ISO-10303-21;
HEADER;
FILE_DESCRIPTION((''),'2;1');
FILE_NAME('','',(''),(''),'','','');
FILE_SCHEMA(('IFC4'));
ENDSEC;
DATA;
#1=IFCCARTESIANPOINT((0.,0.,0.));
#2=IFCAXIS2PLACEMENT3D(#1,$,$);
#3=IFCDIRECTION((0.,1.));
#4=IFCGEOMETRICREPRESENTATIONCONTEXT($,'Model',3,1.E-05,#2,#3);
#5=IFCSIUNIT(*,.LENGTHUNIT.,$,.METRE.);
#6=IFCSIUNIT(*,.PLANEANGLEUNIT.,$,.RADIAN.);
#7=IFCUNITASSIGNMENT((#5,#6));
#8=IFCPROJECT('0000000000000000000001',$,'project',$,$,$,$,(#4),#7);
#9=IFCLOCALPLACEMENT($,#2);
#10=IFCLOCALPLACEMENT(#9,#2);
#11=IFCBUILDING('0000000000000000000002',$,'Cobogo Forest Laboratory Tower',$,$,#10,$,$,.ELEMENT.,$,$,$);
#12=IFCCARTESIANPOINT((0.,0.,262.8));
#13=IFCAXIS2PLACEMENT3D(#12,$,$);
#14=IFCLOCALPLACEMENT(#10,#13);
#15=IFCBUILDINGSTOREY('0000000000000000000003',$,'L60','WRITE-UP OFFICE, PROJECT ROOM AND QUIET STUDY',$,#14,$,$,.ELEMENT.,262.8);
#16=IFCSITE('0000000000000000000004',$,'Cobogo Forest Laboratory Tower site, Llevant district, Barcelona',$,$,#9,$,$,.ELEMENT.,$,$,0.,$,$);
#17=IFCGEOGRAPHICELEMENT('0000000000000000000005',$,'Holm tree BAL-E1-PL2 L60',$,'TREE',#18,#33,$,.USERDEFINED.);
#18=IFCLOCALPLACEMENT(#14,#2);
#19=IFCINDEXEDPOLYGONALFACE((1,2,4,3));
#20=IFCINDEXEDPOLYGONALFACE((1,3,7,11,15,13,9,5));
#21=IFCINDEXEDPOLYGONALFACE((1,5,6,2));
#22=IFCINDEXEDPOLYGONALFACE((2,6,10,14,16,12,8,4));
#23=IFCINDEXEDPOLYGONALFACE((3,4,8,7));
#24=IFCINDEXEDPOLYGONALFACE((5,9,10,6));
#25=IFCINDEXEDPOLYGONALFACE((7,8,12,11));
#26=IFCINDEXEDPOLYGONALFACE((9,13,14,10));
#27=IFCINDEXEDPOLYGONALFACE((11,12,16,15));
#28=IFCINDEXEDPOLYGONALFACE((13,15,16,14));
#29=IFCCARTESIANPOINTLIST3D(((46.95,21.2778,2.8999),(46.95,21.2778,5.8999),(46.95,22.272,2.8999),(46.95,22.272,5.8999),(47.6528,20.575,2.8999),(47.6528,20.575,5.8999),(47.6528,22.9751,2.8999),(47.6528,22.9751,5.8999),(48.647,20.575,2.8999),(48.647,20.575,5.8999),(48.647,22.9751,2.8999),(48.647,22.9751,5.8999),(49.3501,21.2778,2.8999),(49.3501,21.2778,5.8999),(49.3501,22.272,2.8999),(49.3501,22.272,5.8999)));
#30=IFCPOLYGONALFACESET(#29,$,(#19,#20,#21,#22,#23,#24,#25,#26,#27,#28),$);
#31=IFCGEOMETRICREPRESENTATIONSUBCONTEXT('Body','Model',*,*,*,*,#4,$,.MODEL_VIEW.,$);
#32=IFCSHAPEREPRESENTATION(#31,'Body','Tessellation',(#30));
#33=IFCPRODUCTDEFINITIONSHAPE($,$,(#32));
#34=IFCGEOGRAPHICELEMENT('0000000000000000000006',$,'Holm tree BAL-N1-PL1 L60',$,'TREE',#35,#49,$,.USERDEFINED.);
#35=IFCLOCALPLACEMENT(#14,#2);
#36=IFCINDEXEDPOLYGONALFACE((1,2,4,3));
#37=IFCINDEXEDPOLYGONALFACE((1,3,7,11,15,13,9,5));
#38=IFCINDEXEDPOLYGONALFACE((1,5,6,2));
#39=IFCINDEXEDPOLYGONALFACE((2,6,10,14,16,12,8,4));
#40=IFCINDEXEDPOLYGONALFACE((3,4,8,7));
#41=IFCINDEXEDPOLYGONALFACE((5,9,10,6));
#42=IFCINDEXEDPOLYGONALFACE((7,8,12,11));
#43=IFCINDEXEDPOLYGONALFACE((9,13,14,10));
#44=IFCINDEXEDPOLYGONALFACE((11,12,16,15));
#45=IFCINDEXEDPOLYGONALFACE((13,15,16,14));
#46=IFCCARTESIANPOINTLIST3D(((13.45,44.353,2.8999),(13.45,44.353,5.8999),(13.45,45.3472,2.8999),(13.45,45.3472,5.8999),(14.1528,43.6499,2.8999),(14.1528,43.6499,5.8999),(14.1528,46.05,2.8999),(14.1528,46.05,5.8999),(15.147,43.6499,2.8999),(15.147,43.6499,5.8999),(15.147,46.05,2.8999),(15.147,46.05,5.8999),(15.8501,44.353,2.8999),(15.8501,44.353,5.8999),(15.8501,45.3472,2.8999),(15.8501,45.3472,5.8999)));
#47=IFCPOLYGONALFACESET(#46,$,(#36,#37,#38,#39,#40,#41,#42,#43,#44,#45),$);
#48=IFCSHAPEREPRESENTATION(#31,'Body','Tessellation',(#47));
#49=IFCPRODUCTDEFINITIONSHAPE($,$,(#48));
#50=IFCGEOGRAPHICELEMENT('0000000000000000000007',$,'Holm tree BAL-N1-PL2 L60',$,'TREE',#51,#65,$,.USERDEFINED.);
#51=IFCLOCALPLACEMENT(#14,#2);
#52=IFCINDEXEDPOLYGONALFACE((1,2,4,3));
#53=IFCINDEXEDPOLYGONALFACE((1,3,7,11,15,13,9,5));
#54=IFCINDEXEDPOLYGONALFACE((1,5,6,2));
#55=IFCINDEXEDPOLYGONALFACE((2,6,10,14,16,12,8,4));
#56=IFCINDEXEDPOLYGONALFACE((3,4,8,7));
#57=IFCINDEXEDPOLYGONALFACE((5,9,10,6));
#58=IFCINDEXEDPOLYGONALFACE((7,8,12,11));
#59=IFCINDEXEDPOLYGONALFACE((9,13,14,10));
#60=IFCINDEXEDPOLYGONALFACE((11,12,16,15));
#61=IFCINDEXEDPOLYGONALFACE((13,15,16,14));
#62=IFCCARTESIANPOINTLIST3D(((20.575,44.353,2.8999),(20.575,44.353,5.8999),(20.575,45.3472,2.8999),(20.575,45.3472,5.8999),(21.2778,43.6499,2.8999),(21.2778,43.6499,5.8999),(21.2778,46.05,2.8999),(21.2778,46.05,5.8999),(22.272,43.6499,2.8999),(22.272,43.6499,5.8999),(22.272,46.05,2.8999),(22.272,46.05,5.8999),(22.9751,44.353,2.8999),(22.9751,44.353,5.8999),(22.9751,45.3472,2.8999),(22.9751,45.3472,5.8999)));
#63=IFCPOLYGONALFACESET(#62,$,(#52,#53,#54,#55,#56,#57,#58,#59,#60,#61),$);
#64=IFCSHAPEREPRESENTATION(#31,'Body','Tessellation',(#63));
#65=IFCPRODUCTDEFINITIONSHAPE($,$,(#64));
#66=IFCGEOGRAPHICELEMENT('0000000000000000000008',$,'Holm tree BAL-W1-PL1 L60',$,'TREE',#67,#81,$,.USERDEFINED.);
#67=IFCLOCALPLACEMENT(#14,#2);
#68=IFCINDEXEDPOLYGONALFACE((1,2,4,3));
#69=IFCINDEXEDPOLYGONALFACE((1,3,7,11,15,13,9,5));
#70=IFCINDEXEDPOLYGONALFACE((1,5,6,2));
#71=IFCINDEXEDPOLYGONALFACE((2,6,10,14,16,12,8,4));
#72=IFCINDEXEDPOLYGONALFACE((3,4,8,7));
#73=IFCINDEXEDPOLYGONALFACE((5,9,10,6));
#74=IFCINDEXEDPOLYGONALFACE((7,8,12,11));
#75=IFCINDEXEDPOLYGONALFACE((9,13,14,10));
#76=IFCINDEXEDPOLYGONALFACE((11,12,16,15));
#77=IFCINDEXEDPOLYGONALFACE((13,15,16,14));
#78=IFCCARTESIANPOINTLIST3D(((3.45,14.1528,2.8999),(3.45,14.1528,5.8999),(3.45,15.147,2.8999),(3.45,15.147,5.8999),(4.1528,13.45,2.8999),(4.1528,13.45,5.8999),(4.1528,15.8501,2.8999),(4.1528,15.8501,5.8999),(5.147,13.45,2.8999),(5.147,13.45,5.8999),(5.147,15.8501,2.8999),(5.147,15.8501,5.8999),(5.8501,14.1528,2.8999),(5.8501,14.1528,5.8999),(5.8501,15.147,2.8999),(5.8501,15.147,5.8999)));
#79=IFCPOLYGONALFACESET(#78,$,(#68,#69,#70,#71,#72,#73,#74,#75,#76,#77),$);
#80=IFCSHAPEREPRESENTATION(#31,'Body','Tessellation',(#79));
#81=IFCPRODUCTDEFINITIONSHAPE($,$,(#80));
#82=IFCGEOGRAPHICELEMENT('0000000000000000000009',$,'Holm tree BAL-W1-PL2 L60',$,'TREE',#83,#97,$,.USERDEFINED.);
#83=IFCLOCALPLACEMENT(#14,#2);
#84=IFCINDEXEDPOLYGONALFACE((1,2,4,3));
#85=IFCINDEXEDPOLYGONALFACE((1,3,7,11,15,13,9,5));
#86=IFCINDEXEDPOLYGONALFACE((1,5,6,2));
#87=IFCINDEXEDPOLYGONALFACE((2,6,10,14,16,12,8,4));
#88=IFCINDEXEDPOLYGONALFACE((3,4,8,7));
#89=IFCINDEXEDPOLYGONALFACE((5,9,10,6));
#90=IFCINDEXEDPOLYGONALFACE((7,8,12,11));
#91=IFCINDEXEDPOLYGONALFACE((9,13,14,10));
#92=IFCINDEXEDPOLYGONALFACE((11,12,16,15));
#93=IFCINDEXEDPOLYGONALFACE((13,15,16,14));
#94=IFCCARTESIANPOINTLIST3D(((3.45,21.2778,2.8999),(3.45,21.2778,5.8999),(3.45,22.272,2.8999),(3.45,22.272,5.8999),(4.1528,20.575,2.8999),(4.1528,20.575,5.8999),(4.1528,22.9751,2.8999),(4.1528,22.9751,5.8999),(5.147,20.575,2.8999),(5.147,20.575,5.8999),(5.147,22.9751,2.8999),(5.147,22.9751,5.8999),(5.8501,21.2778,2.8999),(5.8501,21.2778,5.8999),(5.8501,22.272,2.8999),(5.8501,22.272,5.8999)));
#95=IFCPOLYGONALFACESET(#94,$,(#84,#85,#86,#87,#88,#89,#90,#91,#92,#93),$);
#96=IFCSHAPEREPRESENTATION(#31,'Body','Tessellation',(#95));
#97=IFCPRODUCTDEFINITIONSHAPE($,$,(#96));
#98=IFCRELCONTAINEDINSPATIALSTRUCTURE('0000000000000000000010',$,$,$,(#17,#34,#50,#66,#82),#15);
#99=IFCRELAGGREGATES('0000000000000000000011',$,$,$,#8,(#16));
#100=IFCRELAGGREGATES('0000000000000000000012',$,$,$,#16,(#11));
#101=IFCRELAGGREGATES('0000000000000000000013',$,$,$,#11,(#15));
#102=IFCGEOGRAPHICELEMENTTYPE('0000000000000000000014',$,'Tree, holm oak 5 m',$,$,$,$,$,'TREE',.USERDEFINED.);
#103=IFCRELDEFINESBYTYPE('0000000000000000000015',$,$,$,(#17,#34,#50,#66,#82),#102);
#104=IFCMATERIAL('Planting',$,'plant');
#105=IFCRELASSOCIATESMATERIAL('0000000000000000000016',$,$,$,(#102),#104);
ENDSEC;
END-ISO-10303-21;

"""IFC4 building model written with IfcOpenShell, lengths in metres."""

from ifc_helpers import new_model, si_unit, direction, frame, origin, place, context, subcontext, project, spatial, polyline, outline, extrude, material, type_object, element, save


model = new_model("IFC4")

# Units and contexts
model_context = context("Model", 3, precision=1e-05, world=origin(), true_north=direction((0.0, 1.0)))
body_context = subcontext(model_context, "Body", "Model", "MODEL_VIEW")
ifc_project = project(units=[si_unit("LENGTHUNIT", "METRE"), si_unit("PLANEANGLEUNIT", "RADIAN")], contexts=[model_context])

# Site, building, storey
site_placement = place(None, origin())
site = spatial("IfcSite", under=ifc_project, at=site_placement, Name="Cobogo Forest Laboratory Tower site, Llevant district, Barcelona", CompositionType="ELEMENT", RefElevation=0.0)
building_placement = place(site_placement, origin())
building = spatial("IfcBuilding", under=site, at=building_placement, Name="Cobogo Forest Laboratory Tower", CompositionType="ELEMENT")
storey_placement = place(building_placement, frame((0.0, 0.0, 262.8)))
storey = spatial("IfcBuildingStorey", under=building, at=storey_placement, Name="L60", Description="WRITE-UP OFFICE, PROJECT ROOM AND QUIET STUDY", CompositionType="ELEMENT", Elevation=262.8)

# Geographic elements
ifc_material_1 = material(Name="Planting", Category="plant")
geographic_element_type = type_object("IfcGeographicElementType", Name="Tree, holm oak 5 m", ElementType="TREE", PredefinedType="USERDEFINED", material=ifc_material_1)
geographic_element_1_placement = place(storey_placement, frame((0.0, 0.0, 2.8999)))
element("IfcGeographicElement", 1, at=geographic_element_1_placement, inside=storey, type_object=geographic_element_type, Name="Holm tree BAL-E1-PL2 L60", ObjectType="TREE", PredefinedType="USERDEFINED", context=body_context, shape_type="SweptSolid", body=[
    extrude(outline(polyline([(49.3501, 21.2778), (49.3501, 22.272), (48.647, 22.9751), (47.6528, 22.9751), (46.95, 22.272), (46.95, 21.2778), (47.6528, 20.575), (48.647, 20.575), (49.3501, 21.2778)])), origin(), (0.0, 0.0, 1.0), 3.0),
])
geographic_element_2_placement = place(storey_placement, frame((0.0, 0.0, 2.8999)))
element("IfcGeographicElement", 2, at=geographic_element_2_placement, inside=storey, type_object=geographic_element_type, Name="Holm tree BAL-N1-PL1 L60", ObjectType="TREE", PredefinedType="USERDEFINED", context=body_context, shape_type="SweptSolid", body=[
    extrude(outline(polyline([(15.8501, 44.353), (15.8501, 45.3472), (15.147, 46.05), (14.1528, 46.05), (13.45, 45.3472), (13.45, 44.353), (14.1528, 43.6499), (15.147, 43.6499), (15.8501, 44.353)])), origin(), (0.0, 0.0, 1.0), 3.0),
])
geographic_element_3_placement = place(storey_placement, frame((0.0, 0.0, 2.8999)))
element("IfcGeographicElement", 3, at=geographic_element_3_placement, inside=storey, type_object=geographic_element_type, Name="Holm tree BAL-N1-PL2 L60", ObjectType="TREE", PredefinedType="USERDEFINED", context=body_context, shape_type="SweptSolid", body=[
    extrude(outline(polyline([(22.9751, 44.353), (22.9751, 45.3472), (22.272, 46.05), (21.2778, 46.05), (20.575, 45.3472), (20.575, 44.353), (21.2778, 43.6499), (22.272, 43.6499), (22.9751, 44.353)])), origin(), (0.0, 0.0, 1.0), 3.0),
])
geographic_element_4_placement = place(storey_placement, frame((0.0, 0.0, 2.8999)))
element("IfcGeographicElement", 4, at=geographic_element_4_placement, inside=storey, type_object=geographic_element_type, Name="Holm tree BAL-W1-PL1 L60", ObjectType="TREE", PredefinedType="USERDEFINED", context=body_context, shape_type="SweptSolid", body=[
    extrude(outline(polyline([(5.8501, 14.1528), (5.8501, 15.147), (5.147, 15.8501), (4.1528, 15.8501), (3.45, 15.147), (3.45, 14.1528), (4.1528, 13.45), (5.147, 13.45), (5.8501, 14.1528)])), origin(), (0.0, 0.0, 1.0), 3.0),
])
geographic_element_5_placement = place(storey_placement, frame((0.0, 0.0, 2.8999)))
element("IfcGeographicElement", 5, at=geographic_element_5_placement, inside=storey, type_object=geographic_element_type, Name="Holm tree BAL-W1-PL2 L60", ObjectType="TREE", PredefinedType="USERDEFINED", context=body_context, shape_type="SweptSolid", body=[
    extrude(outline(polyline([(5.8501, 21.2778), (5.8501, 22.272), (5.147, 22.9751), (4.1528, 22.9751), (3.45, 22.272), (3.45, 21.2778), (4.1528, 20.575), (5.147, 20.575), (5.8501, 21.2778)])), origin(), (0.0, 0.0, 1.0), 3.0),
])

save(model, "model.ifc")
